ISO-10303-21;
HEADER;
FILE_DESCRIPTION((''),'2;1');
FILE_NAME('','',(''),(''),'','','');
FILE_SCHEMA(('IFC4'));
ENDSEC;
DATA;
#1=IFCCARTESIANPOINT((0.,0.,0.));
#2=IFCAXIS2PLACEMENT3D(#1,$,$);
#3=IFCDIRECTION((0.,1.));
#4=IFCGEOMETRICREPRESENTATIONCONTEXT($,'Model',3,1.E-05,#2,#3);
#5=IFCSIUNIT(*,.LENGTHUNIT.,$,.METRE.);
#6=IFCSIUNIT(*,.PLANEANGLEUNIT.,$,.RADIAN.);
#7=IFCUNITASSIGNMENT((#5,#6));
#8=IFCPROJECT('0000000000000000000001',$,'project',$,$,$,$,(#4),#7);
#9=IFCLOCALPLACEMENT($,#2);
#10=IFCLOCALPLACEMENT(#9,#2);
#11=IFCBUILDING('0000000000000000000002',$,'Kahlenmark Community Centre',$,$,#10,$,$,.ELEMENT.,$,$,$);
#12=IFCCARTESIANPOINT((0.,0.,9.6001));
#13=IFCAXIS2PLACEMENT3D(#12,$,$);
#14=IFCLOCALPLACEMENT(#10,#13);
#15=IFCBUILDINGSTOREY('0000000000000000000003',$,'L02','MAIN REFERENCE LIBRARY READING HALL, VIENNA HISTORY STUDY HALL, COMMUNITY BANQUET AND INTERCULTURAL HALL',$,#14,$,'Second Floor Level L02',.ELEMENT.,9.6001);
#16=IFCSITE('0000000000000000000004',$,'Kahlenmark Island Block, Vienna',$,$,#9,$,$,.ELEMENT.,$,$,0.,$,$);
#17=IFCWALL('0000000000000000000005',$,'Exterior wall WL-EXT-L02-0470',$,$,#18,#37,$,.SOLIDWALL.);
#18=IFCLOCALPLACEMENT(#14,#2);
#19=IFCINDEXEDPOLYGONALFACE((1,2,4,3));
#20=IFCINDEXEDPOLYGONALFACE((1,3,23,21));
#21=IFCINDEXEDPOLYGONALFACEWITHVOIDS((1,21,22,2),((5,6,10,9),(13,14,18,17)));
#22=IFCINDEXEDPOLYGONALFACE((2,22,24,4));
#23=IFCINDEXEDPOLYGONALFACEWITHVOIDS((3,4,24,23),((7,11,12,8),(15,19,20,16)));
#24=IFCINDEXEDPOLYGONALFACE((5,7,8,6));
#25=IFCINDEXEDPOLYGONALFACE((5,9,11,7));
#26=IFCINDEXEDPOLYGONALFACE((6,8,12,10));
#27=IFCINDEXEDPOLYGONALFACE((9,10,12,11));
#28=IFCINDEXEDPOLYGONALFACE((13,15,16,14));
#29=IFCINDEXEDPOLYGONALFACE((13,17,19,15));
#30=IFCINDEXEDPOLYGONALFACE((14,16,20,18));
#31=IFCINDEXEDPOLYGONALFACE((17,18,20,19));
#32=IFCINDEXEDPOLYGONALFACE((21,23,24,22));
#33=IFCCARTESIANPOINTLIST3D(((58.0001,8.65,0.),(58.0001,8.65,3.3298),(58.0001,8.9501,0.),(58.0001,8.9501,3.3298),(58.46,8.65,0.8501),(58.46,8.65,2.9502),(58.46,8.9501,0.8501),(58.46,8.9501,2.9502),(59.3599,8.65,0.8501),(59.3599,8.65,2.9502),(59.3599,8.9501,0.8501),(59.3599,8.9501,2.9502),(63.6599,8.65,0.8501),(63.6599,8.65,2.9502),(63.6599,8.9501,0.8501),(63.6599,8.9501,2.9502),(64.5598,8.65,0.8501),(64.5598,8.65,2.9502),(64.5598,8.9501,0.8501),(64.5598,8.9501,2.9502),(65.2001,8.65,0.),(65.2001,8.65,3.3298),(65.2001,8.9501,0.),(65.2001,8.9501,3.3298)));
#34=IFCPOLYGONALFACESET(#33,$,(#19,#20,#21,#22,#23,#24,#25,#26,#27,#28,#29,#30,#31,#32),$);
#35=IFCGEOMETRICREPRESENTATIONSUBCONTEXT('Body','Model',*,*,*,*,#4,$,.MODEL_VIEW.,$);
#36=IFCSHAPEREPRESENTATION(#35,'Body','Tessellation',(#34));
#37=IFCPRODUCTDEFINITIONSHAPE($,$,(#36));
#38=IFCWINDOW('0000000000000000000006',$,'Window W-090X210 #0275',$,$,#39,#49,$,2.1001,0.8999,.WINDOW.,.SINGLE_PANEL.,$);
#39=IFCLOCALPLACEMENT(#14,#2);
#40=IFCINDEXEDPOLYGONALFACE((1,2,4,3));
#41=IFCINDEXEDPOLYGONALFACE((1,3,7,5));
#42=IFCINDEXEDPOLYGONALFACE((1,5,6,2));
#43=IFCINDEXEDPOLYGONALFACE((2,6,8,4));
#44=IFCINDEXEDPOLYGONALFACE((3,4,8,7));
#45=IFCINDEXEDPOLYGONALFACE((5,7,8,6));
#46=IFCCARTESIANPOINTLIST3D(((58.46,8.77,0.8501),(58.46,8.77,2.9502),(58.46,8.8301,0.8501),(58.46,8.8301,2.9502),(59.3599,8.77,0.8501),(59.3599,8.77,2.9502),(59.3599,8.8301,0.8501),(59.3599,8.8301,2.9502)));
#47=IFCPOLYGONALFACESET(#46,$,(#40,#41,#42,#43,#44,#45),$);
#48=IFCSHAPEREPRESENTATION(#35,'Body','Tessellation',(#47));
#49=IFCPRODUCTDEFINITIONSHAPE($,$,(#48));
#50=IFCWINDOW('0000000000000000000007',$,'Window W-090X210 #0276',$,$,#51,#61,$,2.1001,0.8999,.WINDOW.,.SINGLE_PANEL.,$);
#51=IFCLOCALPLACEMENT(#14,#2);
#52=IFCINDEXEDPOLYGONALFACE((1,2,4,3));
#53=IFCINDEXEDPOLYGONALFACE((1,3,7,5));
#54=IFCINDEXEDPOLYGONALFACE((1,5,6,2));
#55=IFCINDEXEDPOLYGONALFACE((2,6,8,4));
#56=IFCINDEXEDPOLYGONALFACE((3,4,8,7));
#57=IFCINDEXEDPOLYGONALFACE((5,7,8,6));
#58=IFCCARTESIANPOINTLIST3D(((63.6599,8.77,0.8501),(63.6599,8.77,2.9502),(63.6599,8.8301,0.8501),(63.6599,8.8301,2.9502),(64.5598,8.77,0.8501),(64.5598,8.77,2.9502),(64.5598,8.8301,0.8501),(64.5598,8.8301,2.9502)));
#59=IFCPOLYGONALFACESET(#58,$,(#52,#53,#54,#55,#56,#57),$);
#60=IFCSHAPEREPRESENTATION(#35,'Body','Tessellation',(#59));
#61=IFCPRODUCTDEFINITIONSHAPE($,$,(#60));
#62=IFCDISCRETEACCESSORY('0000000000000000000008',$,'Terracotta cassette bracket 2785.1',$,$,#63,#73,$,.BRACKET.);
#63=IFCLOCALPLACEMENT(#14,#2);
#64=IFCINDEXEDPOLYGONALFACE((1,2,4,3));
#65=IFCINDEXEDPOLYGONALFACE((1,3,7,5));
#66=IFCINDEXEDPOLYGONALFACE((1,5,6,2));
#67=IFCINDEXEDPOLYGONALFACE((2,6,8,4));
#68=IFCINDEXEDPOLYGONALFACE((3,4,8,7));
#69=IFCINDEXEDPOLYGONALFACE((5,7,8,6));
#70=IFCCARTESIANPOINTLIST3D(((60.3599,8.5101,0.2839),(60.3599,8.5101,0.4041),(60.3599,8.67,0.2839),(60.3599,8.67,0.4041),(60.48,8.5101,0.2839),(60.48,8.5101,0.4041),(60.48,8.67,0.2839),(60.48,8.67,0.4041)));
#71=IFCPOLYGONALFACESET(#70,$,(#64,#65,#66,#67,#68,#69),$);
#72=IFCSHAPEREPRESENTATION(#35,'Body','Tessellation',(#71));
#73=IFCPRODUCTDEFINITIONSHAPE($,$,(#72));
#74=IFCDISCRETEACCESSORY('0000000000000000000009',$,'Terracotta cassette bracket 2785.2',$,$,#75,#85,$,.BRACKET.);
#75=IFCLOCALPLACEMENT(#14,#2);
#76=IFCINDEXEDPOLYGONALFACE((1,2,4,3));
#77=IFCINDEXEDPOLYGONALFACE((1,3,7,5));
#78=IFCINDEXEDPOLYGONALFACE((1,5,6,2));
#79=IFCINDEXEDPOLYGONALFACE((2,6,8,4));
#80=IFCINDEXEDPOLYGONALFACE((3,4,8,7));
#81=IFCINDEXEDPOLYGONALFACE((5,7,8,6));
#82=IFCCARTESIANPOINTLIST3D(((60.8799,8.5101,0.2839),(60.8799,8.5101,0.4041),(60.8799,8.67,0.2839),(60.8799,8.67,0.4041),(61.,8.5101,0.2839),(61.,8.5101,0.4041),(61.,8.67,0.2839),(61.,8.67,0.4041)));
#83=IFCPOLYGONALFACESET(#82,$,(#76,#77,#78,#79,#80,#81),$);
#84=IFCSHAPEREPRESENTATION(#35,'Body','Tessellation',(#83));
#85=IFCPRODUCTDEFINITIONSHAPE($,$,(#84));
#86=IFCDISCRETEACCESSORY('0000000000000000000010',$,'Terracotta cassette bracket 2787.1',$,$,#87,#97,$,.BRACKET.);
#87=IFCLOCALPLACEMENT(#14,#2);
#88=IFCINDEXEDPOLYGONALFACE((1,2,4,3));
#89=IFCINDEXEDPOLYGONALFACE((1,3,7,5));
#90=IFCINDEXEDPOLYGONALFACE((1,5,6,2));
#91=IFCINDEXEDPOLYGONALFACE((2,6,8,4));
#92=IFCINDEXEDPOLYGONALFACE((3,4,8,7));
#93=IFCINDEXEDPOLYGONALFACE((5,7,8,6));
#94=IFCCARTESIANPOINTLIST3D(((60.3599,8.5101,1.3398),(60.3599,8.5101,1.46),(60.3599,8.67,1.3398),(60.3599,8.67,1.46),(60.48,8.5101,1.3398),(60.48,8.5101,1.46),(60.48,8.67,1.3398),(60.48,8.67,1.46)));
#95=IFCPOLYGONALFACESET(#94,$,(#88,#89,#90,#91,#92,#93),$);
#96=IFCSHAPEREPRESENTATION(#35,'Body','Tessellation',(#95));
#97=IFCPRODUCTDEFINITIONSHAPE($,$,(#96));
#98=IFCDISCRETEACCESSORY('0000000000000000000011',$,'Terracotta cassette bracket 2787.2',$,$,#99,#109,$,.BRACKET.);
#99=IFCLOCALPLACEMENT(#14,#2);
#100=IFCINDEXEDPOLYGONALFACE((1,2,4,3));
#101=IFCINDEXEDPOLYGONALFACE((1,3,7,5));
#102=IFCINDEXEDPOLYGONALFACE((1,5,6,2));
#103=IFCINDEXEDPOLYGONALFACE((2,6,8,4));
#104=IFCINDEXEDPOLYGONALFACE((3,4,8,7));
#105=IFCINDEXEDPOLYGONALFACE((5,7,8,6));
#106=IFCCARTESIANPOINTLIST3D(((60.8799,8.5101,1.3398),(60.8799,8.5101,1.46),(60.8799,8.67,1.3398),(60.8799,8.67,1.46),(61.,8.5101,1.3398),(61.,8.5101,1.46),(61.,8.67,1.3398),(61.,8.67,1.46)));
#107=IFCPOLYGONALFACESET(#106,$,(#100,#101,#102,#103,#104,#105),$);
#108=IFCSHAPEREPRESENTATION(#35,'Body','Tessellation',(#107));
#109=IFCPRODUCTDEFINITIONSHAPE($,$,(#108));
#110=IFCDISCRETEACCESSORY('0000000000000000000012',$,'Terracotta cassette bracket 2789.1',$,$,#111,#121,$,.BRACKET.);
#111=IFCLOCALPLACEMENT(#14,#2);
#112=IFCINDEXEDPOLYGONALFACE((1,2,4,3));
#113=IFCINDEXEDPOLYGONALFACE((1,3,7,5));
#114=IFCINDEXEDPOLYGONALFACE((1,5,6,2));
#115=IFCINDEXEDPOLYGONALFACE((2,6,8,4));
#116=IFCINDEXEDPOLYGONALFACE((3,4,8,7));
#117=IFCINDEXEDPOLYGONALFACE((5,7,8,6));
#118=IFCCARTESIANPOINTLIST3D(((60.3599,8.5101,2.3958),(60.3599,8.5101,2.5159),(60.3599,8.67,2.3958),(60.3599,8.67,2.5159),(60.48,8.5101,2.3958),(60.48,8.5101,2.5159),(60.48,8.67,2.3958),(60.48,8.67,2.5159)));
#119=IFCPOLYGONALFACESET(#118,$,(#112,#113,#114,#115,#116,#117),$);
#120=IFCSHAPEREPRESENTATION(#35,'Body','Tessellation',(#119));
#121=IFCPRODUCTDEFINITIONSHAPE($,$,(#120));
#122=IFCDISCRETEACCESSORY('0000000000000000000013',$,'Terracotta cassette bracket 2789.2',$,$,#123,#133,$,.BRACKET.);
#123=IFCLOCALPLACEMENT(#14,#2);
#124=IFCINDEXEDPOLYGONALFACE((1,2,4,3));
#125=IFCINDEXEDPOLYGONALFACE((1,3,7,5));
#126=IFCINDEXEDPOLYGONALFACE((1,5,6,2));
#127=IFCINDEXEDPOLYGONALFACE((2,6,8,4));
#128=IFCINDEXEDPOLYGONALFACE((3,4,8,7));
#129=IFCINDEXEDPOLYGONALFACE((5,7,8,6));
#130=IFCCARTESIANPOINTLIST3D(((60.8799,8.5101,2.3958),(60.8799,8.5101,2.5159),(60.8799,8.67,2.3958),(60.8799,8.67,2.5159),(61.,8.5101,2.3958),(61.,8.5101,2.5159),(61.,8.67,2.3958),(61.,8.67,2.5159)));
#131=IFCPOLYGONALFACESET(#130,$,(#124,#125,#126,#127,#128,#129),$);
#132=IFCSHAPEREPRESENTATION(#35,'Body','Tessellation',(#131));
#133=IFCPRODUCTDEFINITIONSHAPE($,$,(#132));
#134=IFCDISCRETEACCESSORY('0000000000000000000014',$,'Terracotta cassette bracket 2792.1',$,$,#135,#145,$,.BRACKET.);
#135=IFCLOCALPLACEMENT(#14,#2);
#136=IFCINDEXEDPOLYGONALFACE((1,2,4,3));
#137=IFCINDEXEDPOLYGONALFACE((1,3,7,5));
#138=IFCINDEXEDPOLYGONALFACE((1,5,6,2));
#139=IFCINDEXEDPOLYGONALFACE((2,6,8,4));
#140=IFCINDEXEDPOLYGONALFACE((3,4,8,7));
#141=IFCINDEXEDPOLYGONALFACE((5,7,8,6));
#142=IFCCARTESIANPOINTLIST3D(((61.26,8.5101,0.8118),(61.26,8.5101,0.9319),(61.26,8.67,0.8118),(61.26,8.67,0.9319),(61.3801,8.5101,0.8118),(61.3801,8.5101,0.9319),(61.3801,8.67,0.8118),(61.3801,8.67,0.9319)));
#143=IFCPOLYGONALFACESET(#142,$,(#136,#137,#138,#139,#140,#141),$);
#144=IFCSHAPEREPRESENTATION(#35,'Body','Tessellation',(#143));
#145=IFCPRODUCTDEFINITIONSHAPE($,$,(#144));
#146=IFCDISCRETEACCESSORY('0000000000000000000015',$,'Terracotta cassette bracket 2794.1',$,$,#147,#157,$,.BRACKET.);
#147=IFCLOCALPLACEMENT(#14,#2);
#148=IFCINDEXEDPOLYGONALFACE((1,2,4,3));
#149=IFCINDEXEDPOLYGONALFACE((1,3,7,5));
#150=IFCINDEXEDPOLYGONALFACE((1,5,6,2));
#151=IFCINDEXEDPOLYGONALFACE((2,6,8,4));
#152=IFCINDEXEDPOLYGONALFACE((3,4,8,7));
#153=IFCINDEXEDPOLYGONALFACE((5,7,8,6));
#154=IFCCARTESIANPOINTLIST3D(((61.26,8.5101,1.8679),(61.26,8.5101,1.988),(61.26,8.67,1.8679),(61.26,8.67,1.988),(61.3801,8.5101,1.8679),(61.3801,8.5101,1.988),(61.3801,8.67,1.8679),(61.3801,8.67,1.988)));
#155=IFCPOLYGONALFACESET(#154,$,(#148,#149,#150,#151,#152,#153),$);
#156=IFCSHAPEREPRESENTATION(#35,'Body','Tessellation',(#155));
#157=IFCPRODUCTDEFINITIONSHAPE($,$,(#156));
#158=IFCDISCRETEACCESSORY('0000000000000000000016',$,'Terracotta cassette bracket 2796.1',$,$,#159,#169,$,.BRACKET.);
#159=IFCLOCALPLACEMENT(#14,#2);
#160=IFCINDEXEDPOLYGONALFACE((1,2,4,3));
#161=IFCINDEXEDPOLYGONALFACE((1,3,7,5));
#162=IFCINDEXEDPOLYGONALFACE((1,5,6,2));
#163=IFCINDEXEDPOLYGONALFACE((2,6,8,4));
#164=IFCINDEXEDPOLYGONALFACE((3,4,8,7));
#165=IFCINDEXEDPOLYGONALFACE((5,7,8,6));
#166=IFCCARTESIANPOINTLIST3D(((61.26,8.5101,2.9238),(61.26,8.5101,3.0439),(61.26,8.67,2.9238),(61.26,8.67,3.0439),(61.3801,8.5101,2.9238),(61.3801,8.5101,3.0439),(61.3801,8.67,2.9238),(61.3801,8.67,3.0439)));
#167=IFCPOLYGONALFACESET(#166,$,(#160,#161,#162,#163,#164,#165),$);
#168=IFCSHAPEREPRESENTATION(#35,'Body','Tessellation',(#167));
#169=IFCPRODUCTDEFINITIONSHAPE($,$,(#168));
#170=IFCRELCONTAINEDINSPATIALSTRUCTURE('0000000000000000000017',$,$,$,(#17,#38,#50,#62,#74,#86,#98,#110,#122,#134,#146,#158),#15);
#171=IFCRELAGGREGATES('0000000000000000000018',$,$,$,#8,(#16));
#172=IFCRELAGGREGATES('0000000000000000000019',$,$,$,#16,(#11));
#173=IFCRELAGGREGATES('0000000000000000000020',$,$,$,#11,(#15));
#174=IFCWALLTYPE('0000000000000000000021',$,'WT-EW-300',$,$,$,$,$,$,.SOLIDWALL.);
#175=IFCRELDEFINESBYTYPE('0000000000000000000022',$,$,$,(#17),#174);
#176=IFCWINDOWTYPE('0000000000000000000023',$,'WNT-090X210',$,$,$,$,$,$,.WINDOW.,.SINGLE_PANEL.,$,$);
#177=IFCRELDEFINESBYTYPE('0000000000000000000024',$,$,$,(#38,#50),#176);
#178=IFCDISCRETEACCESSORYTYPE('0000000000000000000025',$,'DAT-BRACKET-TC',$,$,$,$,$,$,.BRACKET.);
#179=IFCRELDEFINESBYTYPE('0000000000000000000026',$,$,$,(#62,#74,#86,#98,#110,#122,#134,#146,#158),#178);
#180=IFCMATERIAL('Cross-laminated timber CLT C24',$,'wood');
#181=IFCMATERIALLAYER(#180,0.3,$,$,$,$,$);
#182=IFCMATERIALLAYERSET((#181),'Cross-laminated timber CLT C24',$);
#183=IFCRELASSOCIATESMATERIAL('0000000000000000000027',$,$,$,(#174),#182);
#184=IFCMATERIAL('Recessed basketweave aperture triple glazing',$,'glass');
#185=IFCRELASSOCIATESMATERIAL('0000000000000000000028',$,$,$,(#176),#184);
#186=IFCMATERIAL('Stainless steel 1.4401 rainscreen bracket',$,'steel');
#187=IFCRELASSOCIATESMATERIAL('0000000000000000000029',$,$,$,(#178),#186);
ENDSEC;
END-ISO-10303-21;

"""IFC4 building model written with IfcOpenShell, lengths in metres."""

from ifc_helpers import new_model, si_unit, direction, frame, frame_2d, origin, origin_2d, place, context, subcontext, project, spatial, rectangle, extrude, material, layer, layer_set, type_object, element, fill, save


model = new_model("IFC4")

# Units and contexts
model_context = context("Model", 3, precision=1e-05, world=origin(), true_north=direction((0.0, 1.0)))
body_context = subcontext(model_context, "Body", "Model", "MODEL_VIEW")
ifc_project = project(units=[si_unit("LENGTHUNIT", "METRE"), si_unit("PLANEANGLEUNIT", "RADIAN")], contexts=[model_context])

# Site, building, storey
site_placement = place(None, origin())
site = spatial("IfcSite", under=ifc_project, at=site_placement, Name="Kahlenmark Island Block, Vienna", CompositionType="ELEMENT", RefElevation=0.0)
building_placement = place(site_placement, origin())
building = spatial("IfcBuilding", under=site, at=building_placement, Name="Kahlenmark Community Centre", CompositionType="ELEMENT")
storey_placement = place(building_placement, frame((0.0, 0.0, 9.6001)))
storey = spatial("IfcBuildingStorey", under=building, at=storey_placement, Name="L02", Description="MAIN REFERENCE LIBRARY READING HALL, VIENNA HISTORY STUDY HALL, COMMUNITY BANQUET AND INTERCULTURAL HALL", LongName="Second Floor Level L02", CompositionType="ELEMENT", Elevation=9.6001)

# Wall, openings, windows
ifc_material_1 = material(Name="Cross-laminated timber CLT C24", Category="wood")
ifc_layer_1 = layer(ifc_material_1, 0.3)
ifc_layer_set_1 = layer_set([ifc_layer_1], Name="Cross-laminated timber CLT C24")
wall_type = type_object("IfcWallType", Name="WT-EW-300", PredefinedType="SOLIDWALL", material=ifc_layer_set_1)
wall_placement = place(storey_placement, frame((58.0, 8.8, 0.0), z_axis=(0.0, 0.0, 1.0), x_axis=(1.0, 0.0, 0.0)))
wall = element("IfcWall", 1, at=wall_placement, inside=storey, type_object=wall_type, Name="Exterior wall WL-EXT-L02-0470", PredefinedType="SOLIDWALL", context=body_context, shape_type="SweptSolid", body=[
    extrude(rectangle(XDim=7.2, YDim=0.3, at=frame_2d((3.6001, 0.0))), origin(), (0.0, 0.0, 1.0), 3.3298),
])
opening_1_placement = place(wall_placement, frame((0.46, 0.0, 0.8501)))
opening_1 = element("IfcOpeningElement", 2, at=opening_1_placement, cuts=wall, PredefinedType="OPENING", context=body_context, shape_type="SweptSolid", body=[
    extrude(rectangle(XDim=0.8999, YDim=2.1001, at=frame_2d((0.45, 1.05))), frame((0.0, 0.1599, 0.0), z_axis=(0.0, -1.0, 0.0), x_axis=(1.0, 0.0, 0.0)), (0.0, 0.0, 1.0), 0.3201),
])
opening_2_placement = place(wall_placement, frame((5.6599, 0.0, 0.8501)))
opening_2 = element("IfcOpeningElement", 3, at=opening_2_placement, cuts=wall, PredefinedType="OPENING", context=body_context, shape_type="SweptSolid", body=[
    extrude(rectangle(XDim=0.8999, YDim=2.1001, at=frame_2d((0.45, 1.05))), frame((0.0, 0.1599, 0.0), z_axis=(0.0, -1.0, 0.0), x_axis=(1.0, 0.0, 0.0)), (0.0, 0.0, 1.0), 0.3201),
])
ifc_material_2 = material(Name="Recessed basketweave aperture triple glazing", Category="glass")
window_type = type_object("IfcWindowType", Name="WNT-090X210", PartitioningType="SINGLE_PANEL", PredefinedType="WINDOW", material=ifc_material_2)
window_1_placement = place(opening_1_placement, origin())
window_1 = element("IfcWindow", 4, at=window_1_placement, inside=storey, type_object=window_type, Name="Window W-090X210 #0275", OverallHeight=2.1001, OverallWidth=0.8999, PartitioningType="SINGLE_PANEL", PredefinedType="WINDOW", context=body_context, shape_type="SweptSolid", body=[
    extrude(rectangle(XDim=0.8999, YDim=2.1001, at=frame_2d((0.45, 1.05))), frame((0.0, 0.03, 0.0), z_axis=(0.0, -1.0, 0.0), x_axis=(1.0, 0.0, 0.0)), (0.0, 0.0, 1.0), 0.0601),
])
fill(opening_1, window_1)
window_2_placement = place(opening_2_placement, origin())
window_2 = element("IfcWindow", 5, at=window_2_placement, inside=storey, type_object=window_type, Name="Window W-090X210 #0276", OverallHeight=2.1001, OverallWidth=0.8999, PartitioningType="SINGLE_PANEL", PredefinedType="WINDOW", context=body_context, shape_type="SweptSolid", body=[
    extrude(rectangle(XDim=0.8999, YDim=2.1001, at=frame_2d((0.45, 1.05))), frame((0.0, 0.03, 0.0), z_axis=(0.0, -1.0, 0.0), x_axis=(1.0, 0.0, 0.0)), (0.0, 0.0, 1.0), 0.0601),
])
fill(opening_2, window_2)

# Discrete accessories
ifc_material_3 = material(Name="Stainless steel 1.4401 rainscreen bracket", Category="steel")
discrete_accessory_type = type_object("IfcDiscreteAccessoryType", Name="DAT-BRACKET-TC", PredefinedType="BRACKET", material=ifc_material_3)
for number, where, z_axis, x_axis, name in (
    (6, (60.4199, 8.5901, 0.2839), (0.0, 0.0, 1.0), (1.0, 0.0, 0.0), "Terracotta cassette bracket 2785.1"),
    (7, (60.9399, 8.5901, 0.2839), (0.0, 0.0, 1.0), (1.0, 0.0, 0.0), "Terracotta cassette bracket 2785.2"),
    (8, (60.4199, 8.5901, 1.3398), (0.0, 0.0, 1.0), (1.0, 0.0, 0.0), "Terracotta cassette bracket 2787.1"),
    (9, (60.9399, 8.5901, 1.3398), (0.0, 0.0, 1.0), (1.0, 0.0, 0.0), "Terracotta cassette bracket 2787.2"),
    (10, (60.4199, 8.5901, 2.3958), (0.0, 0.0, 1.0), (1.0, 0.0, 0.0), "Terracotta cassette bracket 2789.1"),
    (11, (60.9399, 8.5901, 2.3958), (0.0, 0.0, 1.0), (1.0, 0.0, 0.0), "Terracotta cassette bracket 2789.2"),
    (12, (61.3201, 8.5901, 0.8118), (0.0, 0.0, 1.0), (1.0, 0.0, 0.0), "Terracotta cassette bracket 2792.1"),
    (13, (61.3201, 8.5901, 1.8679), (0.0, 0.0, 1.0), (1.0, 0.0, 0.0), "Terracotta cassette bracket 2794.1"),
    (14, (61.3201, 8.5901, 2.9238), (0.0, 0.0, 1.0), (1.0, 0.0, 0.0), "Terracotta cassette bracket 2796.1"),
):
    element("IfcDiscreteAccessory", number, at=place(storey_placement, frame(where, z_axis=z_axis, x_axis=x_axis)), inside=storey, type_object=discrete_accessory_type, Name=name, PredefinedType="BRACKET", context=body_context, shape_type="SweptSolid", body=[
        extrude(rectangle(XDim=0.1201, YDim=0.1599, at=origin_2d()), origin(), (0.0, 0.0, 1.0), 0.1201),
    ])

save(model, "model.ifc")
